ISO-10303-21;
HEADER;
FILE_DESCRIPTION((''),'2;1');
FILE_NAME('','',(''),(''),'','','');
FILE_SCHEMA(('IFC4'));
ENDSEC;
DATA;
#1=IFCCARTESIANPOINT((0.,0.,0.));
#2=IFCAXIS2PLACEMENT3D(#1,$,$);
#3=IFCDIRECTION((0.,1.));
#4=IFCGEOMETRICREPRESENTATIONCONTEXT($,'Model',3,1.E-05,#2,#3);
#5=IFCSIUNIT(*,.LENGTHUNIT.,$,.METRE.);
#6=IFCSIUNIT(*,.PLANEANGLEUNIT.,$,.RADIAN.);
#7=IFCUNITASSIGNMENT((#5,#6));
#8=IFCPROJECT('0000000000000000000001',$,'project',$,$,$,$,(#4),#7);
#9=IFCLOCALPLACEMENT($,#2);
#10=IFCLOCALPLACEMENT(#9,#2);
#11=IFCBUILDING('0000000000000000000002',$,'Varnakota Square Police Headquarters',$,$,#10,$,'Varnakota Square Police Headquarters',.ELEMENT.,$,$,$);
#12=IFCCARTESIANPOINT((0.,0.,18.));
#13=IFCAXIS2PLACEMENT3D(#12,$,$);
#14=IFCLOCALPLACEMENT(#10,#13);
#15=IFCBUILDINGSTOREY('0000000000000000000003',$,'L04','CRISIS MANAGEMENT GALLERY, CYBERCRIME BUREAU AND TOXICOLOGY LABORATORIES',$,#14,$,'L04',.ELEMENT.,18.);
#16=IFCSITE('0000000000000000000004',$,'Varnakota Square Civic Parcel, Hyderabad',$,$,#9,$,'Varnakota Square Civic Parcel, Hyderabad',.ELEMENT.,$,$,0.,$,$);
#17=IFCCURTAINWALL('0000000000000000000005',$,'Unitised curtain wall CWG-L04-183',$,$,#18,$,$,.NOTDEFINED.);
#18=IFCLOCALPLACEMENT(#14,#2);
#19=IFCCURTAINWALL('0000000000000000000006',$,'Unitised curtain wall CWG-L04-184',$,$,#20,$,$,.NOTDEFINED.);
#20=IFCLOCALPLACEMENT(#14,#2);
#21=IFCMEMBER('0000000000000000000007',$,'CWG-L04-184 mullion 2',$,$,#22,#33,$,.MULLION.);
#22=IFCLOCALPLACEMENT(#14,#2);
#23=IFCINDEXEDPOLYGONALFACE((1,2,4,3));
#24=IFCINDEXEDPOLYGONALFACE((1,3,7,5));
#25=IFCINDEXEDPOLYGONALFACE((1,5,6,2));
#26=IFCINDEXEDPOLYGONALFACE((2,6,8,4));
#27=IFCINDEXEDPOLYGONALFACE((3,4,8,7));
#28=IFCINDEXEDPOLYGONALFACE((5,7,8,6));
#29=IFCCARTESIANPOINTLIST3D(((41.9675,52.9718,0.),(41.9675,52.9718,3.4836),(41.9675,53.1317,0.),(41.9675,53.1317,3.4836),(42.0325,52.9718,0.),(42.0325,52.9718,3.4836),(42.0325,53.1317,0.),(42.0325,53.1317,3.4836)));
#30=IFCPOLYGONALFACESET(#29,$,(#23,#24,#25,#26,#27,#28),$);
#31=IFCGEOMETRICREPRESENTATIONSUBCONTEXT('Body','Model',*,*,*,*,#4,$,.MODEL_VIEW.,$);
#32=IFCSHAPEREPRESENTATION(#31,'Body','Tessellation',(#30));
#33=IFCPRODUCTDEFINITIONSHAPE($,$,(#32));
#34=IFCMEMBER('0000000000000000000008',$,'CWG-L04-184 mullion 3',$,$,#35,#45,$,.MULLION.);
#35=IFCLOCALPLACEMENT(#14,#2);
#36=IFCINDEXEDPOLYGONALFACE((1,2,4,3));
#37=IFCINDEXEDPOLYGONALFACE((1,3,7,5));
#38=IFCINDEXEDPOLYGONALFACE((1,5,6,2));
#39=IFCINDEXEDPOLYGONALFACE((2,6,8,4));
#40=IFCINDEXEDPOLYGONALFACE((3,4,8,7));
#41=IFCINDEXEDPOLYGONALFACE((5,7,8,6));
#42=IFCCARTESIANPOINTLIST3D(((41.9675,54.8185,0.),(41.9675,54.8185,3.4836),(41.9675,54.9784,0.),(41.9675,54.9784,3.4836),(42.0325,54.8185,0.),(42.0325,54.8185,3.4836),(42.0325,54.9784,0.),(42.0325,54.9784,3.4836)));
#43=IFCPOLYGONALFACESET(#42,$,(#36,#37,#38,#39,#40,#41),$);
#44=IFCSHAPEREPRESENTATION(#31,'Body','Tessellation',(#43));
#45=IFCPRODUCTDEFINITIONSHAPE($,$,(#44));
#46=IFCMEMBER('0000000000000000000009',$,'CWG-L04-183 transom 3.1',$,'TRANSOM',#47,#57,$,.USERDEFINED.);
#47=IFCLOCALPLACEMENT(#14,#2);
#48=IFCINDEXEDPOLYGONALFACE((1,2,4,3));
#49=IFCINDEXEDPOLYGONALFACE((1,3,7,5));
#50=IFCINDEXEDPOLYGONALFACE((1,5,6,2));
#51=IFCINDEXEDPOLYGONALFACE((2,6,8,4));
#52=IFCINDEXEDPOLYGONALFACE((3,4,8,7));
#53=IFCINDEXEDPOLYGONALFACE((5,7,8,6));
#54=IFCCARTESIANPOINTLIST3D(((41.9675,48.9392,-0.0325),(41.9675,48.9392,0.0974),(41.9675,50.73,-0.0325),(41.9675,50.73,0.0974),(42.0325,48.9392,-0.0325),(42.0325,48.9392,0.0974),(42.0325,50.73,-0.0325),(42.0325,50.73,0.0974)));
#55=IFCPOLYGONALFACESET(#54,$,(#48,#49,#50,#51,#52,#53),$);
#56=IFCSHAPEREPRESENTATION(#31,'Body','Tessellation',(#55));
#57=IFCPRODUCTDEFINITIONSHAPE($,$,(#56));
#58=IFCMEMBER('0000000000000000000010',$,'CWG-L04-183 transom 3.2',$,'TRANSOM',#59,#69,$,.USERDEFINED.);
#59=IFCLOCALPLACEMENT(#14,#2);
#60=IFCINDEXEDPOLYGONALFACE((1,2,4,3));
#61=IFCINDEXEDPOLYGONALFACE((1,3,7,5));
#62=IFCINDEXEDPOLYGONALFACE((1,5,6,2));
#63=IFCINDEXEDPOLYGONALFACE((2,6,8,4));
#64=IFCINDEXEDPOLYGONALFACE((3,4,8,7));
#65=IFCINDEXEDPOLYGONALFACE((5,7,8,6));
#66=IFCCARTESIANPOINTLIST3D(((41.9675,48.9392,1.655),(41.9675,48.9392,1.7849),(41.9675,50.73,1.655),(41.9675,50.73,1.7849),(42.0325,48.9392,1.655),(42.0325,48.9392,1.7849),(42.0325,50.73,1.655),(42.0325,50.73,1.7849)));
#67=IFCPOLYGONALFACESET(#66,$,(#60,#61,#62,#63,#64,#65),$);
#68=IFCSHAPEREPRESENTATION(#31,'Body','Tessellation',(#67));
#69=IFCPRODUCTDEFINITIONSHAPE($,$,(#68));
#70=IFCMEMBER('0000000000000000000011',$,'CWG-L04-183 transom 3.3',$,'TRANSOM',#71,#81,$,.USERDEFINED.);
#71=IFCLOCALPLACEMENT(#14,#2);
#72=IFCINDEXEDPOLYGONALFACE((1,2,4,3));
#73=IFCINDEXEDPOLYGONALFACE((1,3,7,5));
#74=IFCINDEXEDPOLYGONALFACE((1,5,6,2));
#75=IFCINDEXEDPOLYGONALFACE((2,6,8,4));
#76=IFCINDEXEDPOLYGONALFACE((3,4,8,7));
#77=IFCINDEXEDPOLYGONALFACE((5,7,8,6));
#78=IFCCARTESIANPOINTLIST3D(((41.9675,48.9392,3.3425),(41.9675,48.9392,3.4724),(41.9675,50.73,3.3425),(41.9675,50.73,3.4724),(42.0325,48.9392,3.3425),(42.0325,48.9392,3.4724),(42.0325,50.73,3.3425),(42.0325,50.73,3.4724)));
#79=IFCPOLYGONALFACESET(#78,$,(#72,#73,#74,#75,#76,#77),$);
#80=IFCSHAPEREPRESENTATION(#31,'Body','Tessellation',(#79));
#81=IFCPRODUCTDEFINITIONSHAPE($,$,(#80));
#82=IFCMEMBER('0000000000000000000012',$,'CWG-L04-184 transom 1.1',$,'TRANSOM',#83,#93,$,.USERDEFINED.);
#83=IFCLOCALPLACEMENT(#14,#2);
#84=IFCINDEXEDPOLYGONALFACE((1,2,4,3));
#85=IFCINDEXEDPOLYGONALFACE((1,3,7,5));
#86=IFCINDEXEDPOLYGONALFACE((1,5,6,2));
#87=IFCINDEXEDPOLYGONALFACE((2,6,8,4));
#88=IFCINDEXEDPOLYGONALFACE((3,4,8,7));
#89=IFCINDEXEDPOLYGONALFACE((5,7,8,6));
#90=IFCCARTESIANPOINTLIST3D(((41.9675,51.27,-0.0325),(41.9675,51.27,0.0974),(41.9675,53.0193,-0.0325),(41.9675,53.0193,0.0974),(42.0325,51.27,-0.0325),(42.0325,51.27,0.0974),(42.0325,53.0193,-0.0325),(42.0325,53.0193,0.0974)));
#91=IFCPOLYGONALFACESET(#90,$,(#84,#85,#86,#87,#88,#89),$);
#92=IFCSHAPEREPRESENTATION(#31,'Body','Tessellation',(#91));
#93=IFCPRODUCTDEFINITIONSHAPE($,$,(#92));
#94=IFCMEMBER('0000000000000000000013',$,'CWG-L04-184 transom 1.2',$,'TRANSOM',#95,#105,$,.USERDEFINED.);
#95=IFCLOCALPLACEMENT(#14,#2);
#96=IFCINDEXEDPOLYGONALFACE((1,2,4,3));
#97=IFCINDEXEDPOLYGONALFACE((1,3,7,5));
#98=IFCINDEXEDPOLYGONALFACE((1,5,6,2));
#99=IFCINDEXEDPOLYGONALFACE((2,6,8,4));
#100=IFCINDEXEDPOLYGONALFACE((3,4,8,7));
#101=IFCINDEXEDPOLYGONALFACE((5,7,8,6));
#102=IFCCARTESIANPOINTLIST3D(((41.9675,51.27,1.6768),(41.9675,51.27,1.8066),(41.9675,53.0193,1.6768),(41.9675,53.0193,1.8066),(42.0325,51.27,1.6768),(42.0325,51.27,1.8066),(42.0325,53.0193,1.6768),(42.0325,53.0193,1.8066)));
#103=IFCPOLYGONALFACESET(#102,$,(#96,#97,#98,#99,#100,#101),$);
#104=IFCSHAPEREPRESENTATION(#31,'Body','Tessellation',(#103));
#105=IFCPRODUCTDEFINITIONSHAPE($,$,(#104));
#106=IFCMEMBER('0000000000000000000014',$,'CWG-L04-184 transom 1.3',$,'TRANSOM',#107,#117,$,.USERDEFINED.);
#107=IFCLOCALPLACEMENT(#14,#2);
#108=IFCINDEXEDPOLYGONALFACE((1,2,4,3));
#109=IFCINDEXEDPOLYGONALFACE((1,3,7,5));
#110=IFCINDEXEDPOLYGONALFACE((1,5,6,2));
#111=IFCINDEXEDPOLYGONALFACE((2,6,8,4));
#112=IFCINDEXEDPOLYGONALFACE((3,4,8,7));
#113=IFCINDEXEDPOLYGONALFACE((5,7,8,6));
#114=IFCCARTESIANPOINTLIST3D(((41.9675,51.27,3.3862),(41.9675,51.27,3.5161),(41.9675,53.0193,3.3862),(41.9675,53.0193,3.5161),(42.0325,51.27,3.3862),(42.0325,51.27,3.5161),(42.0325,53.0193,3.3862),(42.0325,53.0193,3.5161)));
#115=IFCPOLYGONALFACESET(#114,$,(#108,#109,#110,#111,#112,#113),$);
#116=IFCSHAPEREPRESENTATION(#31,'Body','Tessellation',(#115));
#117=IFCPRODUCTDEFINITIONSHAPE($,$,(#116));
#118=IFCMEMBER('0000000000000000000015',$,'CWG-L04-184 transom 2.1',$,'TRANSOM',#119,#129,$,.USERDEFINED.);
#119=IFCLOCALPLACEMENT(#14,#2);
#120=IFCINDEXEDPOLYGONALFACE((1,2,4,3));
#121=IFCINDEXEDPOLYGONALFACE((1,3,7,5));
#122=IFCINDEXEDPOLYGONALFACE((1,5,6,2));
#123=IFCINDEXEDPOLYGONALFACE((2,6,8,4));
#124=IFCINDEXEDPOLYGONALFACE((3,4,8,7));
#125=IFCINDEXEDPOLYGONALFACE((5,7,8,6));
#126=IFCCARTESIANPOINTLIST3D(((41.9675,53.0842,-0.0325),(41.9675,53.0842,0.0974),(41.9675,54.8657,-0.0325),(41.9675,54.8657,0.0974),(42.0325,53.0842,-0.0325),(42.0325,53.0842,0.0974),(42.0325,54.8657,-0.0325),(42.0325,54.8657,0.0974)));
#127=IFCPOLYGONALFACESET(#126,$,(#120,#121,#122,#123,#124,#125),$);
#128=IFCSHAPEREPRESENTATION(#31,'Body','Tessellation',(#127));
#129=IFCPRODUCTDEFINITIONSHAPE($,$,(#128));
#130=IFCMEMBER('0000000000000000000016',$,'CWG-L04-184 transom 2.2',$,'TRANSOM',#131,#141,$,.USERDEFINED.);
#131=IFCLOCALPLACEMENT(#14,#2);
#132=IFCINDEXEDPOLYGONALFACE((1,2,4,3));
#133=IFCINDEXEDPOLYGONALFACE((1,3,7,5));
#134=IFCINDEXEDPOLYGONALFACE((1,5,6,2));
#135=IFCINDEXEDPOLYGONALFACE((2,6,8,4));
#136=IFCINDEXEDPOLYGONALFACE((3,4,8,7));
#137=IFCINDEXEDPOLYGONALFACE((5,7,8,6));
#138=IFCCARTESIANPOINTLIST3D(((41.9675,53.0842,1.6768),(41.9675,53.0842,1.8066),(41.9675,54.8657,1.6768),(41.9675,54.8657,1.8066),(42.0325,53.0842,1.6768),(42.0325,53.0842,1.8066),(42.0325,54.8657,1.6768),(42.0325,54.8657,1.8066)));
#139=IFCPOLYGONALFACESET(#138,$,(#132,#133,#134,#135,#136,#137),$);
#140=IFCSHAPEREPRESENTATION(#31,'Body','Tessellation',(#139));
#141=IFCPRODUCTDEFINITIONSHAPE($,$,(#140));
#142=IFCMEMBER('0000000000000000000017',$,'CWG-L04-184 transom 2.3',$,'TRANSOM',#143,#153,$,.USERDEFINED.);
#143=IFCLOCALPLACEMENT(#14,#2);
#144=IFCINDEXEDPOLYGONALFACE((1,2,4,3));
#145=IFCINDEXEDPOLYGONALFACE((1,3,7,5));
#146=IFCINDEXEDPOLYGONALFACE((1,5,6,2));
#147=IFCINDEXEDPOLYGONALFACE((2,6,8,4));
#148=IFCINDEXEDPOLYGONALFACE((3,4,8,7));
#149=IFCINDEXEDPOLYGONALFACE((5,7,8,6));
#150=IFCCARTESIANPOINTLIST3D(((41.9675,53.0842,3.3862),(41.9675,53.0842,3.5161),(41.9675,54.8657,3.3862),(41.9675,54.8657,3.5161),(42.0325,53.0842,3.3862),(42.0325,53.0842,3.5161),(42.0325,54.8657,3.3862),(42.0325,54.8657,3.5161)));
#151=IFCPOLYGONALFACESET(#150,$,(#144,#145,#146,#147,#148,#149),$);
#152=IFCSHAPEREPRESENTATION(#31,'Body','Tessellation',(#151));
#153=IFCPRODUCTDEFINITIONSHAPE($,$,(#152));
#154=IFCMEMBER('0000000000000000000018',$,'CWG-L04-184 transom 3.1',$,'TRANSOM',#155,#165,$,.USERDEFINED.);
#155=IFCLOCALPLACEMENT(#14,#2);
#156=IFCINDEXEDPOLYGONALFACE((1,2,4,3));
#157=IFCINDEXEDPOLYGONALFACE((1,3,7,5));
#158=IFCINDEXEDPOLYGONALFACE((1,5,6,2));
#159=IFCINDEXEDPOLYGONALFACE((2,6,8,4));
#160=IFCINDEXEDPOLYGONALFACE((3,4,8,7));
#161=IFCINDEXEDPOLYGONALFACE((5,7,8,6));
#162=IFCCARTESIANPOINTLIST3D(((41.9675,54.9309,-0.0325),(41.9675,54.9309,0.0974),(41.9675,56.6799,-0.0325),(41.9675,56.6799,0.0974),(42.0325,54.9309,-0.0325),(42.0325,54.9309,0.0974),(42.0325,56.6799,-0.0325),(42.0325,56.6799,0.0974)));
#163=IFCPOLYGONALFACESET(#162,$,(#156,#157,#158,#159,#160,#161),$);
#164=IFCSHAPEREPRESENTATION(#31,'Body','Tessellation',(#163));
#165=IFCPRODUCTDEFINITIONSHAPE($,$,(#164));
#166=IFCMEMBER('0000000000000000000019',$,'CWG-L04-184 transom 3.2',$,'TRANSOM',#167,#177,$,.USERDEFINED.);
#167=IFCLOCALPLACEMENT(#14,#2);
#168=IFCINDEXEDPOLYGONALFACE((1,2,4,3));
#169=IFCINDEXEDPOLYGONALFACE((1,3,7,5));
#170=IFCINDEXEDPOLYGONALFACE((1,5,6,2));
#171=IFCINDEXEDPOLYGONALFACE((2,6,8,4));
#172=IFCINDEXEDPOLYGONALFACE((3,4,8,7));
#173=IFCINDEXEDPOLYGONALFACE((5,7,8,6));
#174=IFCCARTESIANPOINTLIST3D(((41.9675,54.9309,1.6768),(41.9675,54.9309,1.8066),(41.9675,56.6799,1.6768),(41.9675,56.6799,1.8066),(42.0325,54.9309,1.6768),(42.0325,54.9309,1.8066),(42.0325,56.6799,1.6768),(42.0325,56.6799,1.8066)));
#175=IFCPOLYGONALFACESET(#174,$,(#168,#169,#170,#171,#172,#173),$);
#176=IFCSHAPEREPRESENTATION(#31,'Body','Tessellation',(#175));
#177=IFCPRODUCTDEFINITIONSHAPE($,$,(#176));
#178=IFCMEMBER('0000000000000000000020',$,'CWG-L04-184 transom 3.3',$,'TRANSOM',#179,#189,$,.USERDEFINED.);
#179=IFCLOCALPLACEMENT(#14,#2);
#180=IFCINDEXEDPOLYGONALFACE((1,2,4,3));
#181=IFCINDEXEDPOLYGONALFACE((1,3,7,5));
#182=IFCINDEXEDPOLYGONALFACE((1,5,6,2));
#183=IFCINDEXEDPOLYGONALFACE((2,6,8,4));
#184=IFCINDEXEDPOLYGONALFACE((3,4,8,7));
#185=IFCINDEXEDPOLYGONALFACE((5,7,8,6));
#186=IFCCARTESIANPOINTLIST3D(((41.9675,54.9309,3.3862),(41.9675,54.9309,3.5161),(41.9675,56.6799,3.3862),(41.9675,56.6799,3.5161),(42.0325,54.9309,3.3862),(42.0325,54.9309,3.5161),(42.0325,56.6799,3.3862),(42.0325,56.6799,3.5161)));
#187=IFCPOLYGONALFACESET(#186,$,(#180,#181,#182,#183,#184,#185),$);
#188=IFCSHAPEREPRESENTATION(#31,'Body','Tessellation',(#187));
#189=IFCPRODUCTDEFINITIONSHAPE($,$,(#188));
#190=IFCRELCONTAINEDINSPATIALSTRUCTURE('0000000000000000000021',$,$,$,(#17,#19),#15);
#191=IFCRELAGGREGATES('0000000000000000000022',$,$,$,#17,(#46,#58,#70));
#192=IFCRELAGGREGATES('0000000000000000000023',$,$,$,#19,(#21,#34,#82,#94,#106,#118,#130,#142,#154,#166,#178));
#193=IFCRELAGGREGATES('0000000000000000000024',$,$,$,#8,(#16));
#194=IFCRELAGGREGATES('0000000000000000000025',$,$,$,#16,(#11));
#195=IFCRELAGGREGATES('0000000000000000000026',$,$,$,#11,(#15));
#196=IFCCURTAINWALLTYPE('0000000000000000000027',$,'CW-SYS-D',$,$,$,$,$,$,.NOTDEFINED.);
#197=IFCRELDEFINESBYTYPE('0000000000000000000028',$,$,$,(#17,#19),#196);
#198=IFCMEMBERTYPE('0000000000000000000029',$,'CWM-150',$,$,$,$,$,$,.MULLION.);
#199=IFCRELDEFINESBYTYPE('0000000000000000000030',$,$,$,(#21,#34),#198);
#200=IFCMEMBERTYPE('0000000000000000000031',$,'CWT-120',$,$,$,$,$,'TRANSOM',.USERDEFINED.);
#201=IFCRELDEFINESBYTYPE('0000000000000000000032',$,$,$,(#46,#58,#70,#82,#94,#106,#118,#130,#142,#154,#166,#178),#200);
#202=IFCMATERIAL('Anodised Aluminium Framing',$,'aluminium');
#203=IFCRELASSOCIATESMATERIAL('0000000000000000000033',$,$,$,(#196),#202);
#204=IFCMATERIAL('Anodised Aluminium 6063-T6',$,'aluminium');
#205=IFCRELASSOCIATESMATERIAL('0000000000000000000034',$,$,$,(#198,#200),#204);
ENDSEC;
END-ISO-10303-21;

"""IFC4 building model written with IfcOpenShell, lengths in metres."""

from ifc_helpers import new_model, si_unit, direction, frame, origin, origin_2d, place, context, subcontext, project, spatial, rectangle, extrude, material, material_profile, profile_set, type_object, element, aggregate, save


model = new_model("IFC4")

# Units and contexts
model_context = context("Model", 3, precision=1e-05, world=origin(), true_north=direction((0.0, 1.0)))
body_context = subcontext(model_context, "Body", "Model", "MODEL_VIEW")
ifc_project = project(units=[si_unit("LENGTHUNIT", "METRE"), si_unit("PLANEANGLEUNIT", "RADIAN")], contexts=[model_context])

# Site, building, storey
site_placement = place(None, origin())
site = spatial("IfcSite", under=ifc_project, at=site_placement, Name="Varnakota Square Civic Parcel, Hyderabad", LongName="Varnakota Square Civic Parcel, Hyderabad", CompositionType="ELEMENT", RefElevation=0.0)
building_placement = place(site_placement, origin())
building = spatial("IfcBuilding", under=site, at=building_placement, Name="Varnakota Square Police Headquarters", LongName="Varnakota Square Police Headquarters", CompositionType="ELEMENT")
storey_placement = place(building_placement, frame((0.0, 0.0, 18.0)))
storey = spatial("IfcBuildingStorey", under=building, at=storey_placement, Name="L04", Description="CRISIS MANAGEMENT GALLERY, CYBERCRIME BUREAU AND TOXICOLOGY LABORATORIES", LongName="L04", CompositionType="ELEMENT", Elevation=18.0)

# Curtain walls, members
ifc_material_1 = material(Name="Anodised Aluminium Framing", Category="aluminium")
curtain_wall_type = type_object("IfcCurtainWallType", Name="CW-SYS-D", PredefinedType="NOTDEFINED", material=ifc_material_1)
curtain_wall_1_placement = place(storey_placement, origin())
curtain_wall_1 = element("IfcCurtainWall", 1, at=curtain_wall_1_placement, inside=storey, type_object=curtain_wall_type, Name="Unitised curtain wall CWG-L04-183", PredefinedType="NOTDEFINED")
ifc_material_2 = material(Name="Anodised Aluminium 6063-T6", Category="aluminium")
ifc_material_profile_1 = material_profile(ifc_material_2, rectangle(XDim=0.0649, YDim=0.1599, at=origin_2d()), Name="ALU MULLION 65x160")
ifc_profile_set_1 = profile_set([ifc_material_profile_1], Name="Anodised Aluminium 6063-T6")
member_type_1 = type_object("IfcMemberType", Name="CWM-150", PredefinedType="MULLION", material=ifc_profile_set_1)
curtain_wall_2_placement = place(storey_placement, origin())
curtain_wall_2 = element("IfcCurtainWall", 2, at=curtain_wall_2_placement, inside=storey, type_object=curtain_wall_type, Name="Unitised curtain wall CWG-L04-184", PredefinedType="NOTDEFINED")
member_1_placement = place(storey_placement, frame((42.0, 53.0518, 0.0), z_axis=(0.0, 0.0, 1.0), x_axis=(-1.0, 0.0, 0.0)))
member_1 = element("IfcMember", 3, at=member_1_placement, type_object=member_type_1, Name="CWG-L04-184 mullion 2", PredefinedType="MULLION", context=body_context, shape_type="SweptSolid", body=[
    extrude(rectangle(XDim=0.0649, YDim=0.1599, at=origin_2d()), origin(), (0.0, 0.0, 1.0), 3.4836),
])
member_2_placement = place(storey_placement, frame((42.0, 54.8984, 0.0), z_axis=(0.0, 0.0, 1.0), x_axis=(-1.0, 0.0, 0.0)))
member_2 = element("IfcMember", 4, at=member_2_placement, type_object=member_type_1, Name="CWG-L04-184 mullion 3", PredefinedType="MULLION", context=body_context, shape_type="SweptSolid", body=[
    extrude(rectangle(XDim=0.0649, YDim=0.1599, at=origin_2d()), origin(), (0.0, 0.0, 1.0), 3.4836),
])

# Members
ifc_material_profile_2 = material_profile(ifc_material_2, rectangle(XDim=0.0649, YDim=0.1299, at=origin_2d()), Name="ALU TRANSOM 65x130")
ifc_profile_set_2 = profile_set([ifc_material_profile_2], Name="Anodised Aluminium 6063-T6")
member_type_2 = type_object("IfcMemberType", Name="CWT-120", ElementType="TRANSOM", PredefinedType="USERDEFINED", material=ifc_profile_set_2)
member_3_placement = place(storey_placement, frame((42.0, 48.9392, 0.0325), z_axis=(0.0, 1.0, 0.0), x_axis=(-1.0, 0.0, 0.0)))
member_3 = element("IfcMember", 5, at=member_3_placement, type_object=member_type_2, Name="CWG-L04-183 transom 3.1", ObjectType="TRANSOM", PredefinedType="USERDEFINED", context=body_context, shape_type="SweptSolid", body=[
    extrude(rectangle(XDim=0.0649, YDim=0.1299, at=origin_2d()), origin(), (0.0, 0.0, 1.0), 1.7908),
])
member_4_placement = place(storey_placement, frame((42.0, 48.9392, 1.72), z_axis=(0.0, 1.0, 0.0), x_axis=(-1.0, 0.0, 0.0)))
member_4 = element("IfcMember", 6, at=member_4_placement, type_object=member_type_2, Name="CWG-L04-183 transom 3.2", ObjectType="TRANSOM", PredefinedType="USERDEFINED", context=body_context, shape_type="SweptSolid", body=[
    extrude(rectangle(XDim=0.0649, YDim=0.1299, at=origin_2d()), origin(), (0.0, 0.0, 1.0), 1.7908),
])
member_5_placement = place(storey_placement, frame((42.0, 48.9392, 3.4075), z_axis=(0.0, 1.0, 0.0), x_axis=(-1.0, 0.0, 0.0)))
member_5 = element("IfcMember", 7, at=member_5_placement, type_object=member_type_2, Name="CWG-L04-183 transom 3.3", ObjectType="TRANSOM", PredefinedType="USERDEFINED", context=body_context, shape_type="SweptSolid", body=[
    extrude(rectangle(XDim=0.0649, YDim=0.1299, at=origin_2d()), origin(), (0.0, 0.0, 1.0), 1.7908),
])
member_6_placement = place(storey_placement, frame((42.0, 51.27, 0.0325), z_axis=(0.0, 1.0, 0.0), x_axis=(-1.0, 0.0, 0.0)))
member_6 = element("IfcMember", 8, at=member_6_placement, type_object=member_type_2, Name="CWG-L04-184 transom 1.1", ObjectType="TRANSOM", PredefinedType="USERDEFINED", context=body_context, shape_type="SweptSolid", body=[
    extrude(rectangle(XDim=0.0649, YDim=0.1299, at=origin_2d()), origin(), (0.0, 0.0, 1.0), 1.7493),
])
member_7_placement = place(storey_placement, frame((42.0, 51.27, 1.7417), z_axis=(0.0, 1.0, 0.0), x_axis=(-1.0, 0.0, 0.0)))
member_7 = element("IfcMember", 9, at=member_7_placement, type_object=member_type_2, Name="CWG-L04-184 transom 1.2", ObjectType="TRANSOM", PredefinedType="USERDEFINED", context=body_context, shape_type="SweptSolid", body=[
    extrude(rectangle(XDim=0.0649, YDim=0.1299, at=origin_2d()), origin(), (0.0, 0.0, 1.0), 1.7493),
])
member_8_placement = place(storey_placement, frame((42.0, 51.27, 3.4512), z_axis=(0.0, 1.0, 0.0), x_axis=(-1.0, 0.0, 0.0)))
member_8 = element("IfcMember", 10, at=member_8_placement, type_object=member_type_2, Name="CWG-L04-184 transom 1.3", ObjectType="TRANSOM", PredefinedType="USERDEFINED", context=body_context, shape_type="SweptSolid", body=[
    extrude(rectangle(XDim=0.0649, YDim=0.1299, at=origin_2d()), origin(), (0.0, 0.0, 1.0), 1.7493),
])
member_9_placement = place(storey_placement, frame((42.0, 53.0842, 0.0325), z_axis=(0.0, 1.0, 0.0), x_axis=(-1.0, 0.0, 0.0)))
member_9 = element("IfcMember", 11, at=member_9_placement, type_object=member_type_2, Name="CWG-L04-184 transom 2.1", ObjectType="TRANSOM", PredefinedType="USERDEFINED", context=body_context, shape_type="SweptSolid", body=[
    extrude(rectangle(XDim=0.0649, YDim=0.1299, at=origin_2d()), origin(), (0.0, 0.0, 1.0), 1.7815),
])
member_10_placement = place(storey_placement, frame((42.0, 53.0842, 1.7417), z_axis=(0.0, 1.0, 0.0), x_axis=(-1.0, 0.0, 0.0)))
member_10 = element("IfcMember", 12, at=member_10_placement, type_object=member_type_2, Name="CWG-L04-184 transom 2.2", ObjectType="TRANSOM", PredefinedType="USERDEFINED", context=body_context, shape_type="SweptSolid", body=[
    extrude(rectangle(XDim=0.0649, YDim=0.1299, at=origin_2d()), origin(), (0.0, 0.0, 1.0), 1.7815),
])
member_11_placement = place(storey_placement, frame((42.0, 53.0842, 3.4512), z_axis=(0.0, 1.0, 0.0), x_axis=(-1.0, 0.0, 0.0)))
member_11 = element("IfcMember", 13, at=member_11_placement, type_object=member_type_2, Name="CWG-L04-184 transom 2.3", ObjectType="TRANSOM", PredefinedType="USERDEFINED", context=body_context, shape_type="SweptSolid", body=[
    extrude(rectangle(XDim=0.0649, YDim=0.1299, at=origin_2d()), origin(), (0.0, 0.0, 1.0), 1.7815),
])
member_12_placement = place(storey_placement, frame((42.0, 54.9309, 0.0325), z_axis=(0.0, 1.0, 0.0), x_axis=(-1.0, 0.0, 0.0)))
member_12 = element("IfcMember", 14, at=member_12_placement, type_object=member_type_2, Name="CWG-L04-184 transom 3.1", ObjectType="TRANSOM", PredefinedType="USERDEFINED", context=body_context, shape_type="SweptSolid", body=[
    extrude(rectangle(XDim=0.0649, YDim=0.1299, at=origin_2d()), origin(), (0.0, 0.0, 1.0), 1.749),
])
member_13_placement = place(storey_placement, frame((42.0, 54.9309, 1.7417), z_axis=(0.0, 1.0, 0.0), x_axis=(-1.0, 0.0, 0.0)))
member_13 = element("IfcMember", 15, at=member_13_placement, type_object=member_type_2, Name="CWG-L04-184 transom 3.2", ObjectType="TRANSOM", PredefinedType="USERDEFINED", context=body_context, shape_type="SweptSolid", body=[
    extrude(rectangle(XDim=0.0649, YDim=0.1299, at=origin_2d()), origin(), (0.0, 0.0, 1.0), 1.749),
])
member_14_placement = place(storey_placement, frame((42.0, 54.9309, 3.4512), z_axis=(0.0, 1.0, 0.0), x_axis=(-1.0, 0.0, 0.0)))
member_14 = element("IfcMember", 16, at=member_14_placement, type_object=member_type_2, Name="CWG-L04-184 transom 3.3", ObjectType="TRANSOM", PredefinedType="USERDEFINED", context=body_context, shape_type="SweptSolid", body=[
    extrude(rectangle(XDim=0.0649, YDim=0.1299, at=origin_2d()), origin(), (0.0, 0.0, 1.0), 1.749),
])

aggregate(curtain_wall_1, [member_3, member_4, member_5])
aggregate(curtain_wall_2, [member_1, member_2, member_6, member_7, member_8, member_9, member_10, member_11, member_12, member_13, member_14])

save(model, "model.ifc")
